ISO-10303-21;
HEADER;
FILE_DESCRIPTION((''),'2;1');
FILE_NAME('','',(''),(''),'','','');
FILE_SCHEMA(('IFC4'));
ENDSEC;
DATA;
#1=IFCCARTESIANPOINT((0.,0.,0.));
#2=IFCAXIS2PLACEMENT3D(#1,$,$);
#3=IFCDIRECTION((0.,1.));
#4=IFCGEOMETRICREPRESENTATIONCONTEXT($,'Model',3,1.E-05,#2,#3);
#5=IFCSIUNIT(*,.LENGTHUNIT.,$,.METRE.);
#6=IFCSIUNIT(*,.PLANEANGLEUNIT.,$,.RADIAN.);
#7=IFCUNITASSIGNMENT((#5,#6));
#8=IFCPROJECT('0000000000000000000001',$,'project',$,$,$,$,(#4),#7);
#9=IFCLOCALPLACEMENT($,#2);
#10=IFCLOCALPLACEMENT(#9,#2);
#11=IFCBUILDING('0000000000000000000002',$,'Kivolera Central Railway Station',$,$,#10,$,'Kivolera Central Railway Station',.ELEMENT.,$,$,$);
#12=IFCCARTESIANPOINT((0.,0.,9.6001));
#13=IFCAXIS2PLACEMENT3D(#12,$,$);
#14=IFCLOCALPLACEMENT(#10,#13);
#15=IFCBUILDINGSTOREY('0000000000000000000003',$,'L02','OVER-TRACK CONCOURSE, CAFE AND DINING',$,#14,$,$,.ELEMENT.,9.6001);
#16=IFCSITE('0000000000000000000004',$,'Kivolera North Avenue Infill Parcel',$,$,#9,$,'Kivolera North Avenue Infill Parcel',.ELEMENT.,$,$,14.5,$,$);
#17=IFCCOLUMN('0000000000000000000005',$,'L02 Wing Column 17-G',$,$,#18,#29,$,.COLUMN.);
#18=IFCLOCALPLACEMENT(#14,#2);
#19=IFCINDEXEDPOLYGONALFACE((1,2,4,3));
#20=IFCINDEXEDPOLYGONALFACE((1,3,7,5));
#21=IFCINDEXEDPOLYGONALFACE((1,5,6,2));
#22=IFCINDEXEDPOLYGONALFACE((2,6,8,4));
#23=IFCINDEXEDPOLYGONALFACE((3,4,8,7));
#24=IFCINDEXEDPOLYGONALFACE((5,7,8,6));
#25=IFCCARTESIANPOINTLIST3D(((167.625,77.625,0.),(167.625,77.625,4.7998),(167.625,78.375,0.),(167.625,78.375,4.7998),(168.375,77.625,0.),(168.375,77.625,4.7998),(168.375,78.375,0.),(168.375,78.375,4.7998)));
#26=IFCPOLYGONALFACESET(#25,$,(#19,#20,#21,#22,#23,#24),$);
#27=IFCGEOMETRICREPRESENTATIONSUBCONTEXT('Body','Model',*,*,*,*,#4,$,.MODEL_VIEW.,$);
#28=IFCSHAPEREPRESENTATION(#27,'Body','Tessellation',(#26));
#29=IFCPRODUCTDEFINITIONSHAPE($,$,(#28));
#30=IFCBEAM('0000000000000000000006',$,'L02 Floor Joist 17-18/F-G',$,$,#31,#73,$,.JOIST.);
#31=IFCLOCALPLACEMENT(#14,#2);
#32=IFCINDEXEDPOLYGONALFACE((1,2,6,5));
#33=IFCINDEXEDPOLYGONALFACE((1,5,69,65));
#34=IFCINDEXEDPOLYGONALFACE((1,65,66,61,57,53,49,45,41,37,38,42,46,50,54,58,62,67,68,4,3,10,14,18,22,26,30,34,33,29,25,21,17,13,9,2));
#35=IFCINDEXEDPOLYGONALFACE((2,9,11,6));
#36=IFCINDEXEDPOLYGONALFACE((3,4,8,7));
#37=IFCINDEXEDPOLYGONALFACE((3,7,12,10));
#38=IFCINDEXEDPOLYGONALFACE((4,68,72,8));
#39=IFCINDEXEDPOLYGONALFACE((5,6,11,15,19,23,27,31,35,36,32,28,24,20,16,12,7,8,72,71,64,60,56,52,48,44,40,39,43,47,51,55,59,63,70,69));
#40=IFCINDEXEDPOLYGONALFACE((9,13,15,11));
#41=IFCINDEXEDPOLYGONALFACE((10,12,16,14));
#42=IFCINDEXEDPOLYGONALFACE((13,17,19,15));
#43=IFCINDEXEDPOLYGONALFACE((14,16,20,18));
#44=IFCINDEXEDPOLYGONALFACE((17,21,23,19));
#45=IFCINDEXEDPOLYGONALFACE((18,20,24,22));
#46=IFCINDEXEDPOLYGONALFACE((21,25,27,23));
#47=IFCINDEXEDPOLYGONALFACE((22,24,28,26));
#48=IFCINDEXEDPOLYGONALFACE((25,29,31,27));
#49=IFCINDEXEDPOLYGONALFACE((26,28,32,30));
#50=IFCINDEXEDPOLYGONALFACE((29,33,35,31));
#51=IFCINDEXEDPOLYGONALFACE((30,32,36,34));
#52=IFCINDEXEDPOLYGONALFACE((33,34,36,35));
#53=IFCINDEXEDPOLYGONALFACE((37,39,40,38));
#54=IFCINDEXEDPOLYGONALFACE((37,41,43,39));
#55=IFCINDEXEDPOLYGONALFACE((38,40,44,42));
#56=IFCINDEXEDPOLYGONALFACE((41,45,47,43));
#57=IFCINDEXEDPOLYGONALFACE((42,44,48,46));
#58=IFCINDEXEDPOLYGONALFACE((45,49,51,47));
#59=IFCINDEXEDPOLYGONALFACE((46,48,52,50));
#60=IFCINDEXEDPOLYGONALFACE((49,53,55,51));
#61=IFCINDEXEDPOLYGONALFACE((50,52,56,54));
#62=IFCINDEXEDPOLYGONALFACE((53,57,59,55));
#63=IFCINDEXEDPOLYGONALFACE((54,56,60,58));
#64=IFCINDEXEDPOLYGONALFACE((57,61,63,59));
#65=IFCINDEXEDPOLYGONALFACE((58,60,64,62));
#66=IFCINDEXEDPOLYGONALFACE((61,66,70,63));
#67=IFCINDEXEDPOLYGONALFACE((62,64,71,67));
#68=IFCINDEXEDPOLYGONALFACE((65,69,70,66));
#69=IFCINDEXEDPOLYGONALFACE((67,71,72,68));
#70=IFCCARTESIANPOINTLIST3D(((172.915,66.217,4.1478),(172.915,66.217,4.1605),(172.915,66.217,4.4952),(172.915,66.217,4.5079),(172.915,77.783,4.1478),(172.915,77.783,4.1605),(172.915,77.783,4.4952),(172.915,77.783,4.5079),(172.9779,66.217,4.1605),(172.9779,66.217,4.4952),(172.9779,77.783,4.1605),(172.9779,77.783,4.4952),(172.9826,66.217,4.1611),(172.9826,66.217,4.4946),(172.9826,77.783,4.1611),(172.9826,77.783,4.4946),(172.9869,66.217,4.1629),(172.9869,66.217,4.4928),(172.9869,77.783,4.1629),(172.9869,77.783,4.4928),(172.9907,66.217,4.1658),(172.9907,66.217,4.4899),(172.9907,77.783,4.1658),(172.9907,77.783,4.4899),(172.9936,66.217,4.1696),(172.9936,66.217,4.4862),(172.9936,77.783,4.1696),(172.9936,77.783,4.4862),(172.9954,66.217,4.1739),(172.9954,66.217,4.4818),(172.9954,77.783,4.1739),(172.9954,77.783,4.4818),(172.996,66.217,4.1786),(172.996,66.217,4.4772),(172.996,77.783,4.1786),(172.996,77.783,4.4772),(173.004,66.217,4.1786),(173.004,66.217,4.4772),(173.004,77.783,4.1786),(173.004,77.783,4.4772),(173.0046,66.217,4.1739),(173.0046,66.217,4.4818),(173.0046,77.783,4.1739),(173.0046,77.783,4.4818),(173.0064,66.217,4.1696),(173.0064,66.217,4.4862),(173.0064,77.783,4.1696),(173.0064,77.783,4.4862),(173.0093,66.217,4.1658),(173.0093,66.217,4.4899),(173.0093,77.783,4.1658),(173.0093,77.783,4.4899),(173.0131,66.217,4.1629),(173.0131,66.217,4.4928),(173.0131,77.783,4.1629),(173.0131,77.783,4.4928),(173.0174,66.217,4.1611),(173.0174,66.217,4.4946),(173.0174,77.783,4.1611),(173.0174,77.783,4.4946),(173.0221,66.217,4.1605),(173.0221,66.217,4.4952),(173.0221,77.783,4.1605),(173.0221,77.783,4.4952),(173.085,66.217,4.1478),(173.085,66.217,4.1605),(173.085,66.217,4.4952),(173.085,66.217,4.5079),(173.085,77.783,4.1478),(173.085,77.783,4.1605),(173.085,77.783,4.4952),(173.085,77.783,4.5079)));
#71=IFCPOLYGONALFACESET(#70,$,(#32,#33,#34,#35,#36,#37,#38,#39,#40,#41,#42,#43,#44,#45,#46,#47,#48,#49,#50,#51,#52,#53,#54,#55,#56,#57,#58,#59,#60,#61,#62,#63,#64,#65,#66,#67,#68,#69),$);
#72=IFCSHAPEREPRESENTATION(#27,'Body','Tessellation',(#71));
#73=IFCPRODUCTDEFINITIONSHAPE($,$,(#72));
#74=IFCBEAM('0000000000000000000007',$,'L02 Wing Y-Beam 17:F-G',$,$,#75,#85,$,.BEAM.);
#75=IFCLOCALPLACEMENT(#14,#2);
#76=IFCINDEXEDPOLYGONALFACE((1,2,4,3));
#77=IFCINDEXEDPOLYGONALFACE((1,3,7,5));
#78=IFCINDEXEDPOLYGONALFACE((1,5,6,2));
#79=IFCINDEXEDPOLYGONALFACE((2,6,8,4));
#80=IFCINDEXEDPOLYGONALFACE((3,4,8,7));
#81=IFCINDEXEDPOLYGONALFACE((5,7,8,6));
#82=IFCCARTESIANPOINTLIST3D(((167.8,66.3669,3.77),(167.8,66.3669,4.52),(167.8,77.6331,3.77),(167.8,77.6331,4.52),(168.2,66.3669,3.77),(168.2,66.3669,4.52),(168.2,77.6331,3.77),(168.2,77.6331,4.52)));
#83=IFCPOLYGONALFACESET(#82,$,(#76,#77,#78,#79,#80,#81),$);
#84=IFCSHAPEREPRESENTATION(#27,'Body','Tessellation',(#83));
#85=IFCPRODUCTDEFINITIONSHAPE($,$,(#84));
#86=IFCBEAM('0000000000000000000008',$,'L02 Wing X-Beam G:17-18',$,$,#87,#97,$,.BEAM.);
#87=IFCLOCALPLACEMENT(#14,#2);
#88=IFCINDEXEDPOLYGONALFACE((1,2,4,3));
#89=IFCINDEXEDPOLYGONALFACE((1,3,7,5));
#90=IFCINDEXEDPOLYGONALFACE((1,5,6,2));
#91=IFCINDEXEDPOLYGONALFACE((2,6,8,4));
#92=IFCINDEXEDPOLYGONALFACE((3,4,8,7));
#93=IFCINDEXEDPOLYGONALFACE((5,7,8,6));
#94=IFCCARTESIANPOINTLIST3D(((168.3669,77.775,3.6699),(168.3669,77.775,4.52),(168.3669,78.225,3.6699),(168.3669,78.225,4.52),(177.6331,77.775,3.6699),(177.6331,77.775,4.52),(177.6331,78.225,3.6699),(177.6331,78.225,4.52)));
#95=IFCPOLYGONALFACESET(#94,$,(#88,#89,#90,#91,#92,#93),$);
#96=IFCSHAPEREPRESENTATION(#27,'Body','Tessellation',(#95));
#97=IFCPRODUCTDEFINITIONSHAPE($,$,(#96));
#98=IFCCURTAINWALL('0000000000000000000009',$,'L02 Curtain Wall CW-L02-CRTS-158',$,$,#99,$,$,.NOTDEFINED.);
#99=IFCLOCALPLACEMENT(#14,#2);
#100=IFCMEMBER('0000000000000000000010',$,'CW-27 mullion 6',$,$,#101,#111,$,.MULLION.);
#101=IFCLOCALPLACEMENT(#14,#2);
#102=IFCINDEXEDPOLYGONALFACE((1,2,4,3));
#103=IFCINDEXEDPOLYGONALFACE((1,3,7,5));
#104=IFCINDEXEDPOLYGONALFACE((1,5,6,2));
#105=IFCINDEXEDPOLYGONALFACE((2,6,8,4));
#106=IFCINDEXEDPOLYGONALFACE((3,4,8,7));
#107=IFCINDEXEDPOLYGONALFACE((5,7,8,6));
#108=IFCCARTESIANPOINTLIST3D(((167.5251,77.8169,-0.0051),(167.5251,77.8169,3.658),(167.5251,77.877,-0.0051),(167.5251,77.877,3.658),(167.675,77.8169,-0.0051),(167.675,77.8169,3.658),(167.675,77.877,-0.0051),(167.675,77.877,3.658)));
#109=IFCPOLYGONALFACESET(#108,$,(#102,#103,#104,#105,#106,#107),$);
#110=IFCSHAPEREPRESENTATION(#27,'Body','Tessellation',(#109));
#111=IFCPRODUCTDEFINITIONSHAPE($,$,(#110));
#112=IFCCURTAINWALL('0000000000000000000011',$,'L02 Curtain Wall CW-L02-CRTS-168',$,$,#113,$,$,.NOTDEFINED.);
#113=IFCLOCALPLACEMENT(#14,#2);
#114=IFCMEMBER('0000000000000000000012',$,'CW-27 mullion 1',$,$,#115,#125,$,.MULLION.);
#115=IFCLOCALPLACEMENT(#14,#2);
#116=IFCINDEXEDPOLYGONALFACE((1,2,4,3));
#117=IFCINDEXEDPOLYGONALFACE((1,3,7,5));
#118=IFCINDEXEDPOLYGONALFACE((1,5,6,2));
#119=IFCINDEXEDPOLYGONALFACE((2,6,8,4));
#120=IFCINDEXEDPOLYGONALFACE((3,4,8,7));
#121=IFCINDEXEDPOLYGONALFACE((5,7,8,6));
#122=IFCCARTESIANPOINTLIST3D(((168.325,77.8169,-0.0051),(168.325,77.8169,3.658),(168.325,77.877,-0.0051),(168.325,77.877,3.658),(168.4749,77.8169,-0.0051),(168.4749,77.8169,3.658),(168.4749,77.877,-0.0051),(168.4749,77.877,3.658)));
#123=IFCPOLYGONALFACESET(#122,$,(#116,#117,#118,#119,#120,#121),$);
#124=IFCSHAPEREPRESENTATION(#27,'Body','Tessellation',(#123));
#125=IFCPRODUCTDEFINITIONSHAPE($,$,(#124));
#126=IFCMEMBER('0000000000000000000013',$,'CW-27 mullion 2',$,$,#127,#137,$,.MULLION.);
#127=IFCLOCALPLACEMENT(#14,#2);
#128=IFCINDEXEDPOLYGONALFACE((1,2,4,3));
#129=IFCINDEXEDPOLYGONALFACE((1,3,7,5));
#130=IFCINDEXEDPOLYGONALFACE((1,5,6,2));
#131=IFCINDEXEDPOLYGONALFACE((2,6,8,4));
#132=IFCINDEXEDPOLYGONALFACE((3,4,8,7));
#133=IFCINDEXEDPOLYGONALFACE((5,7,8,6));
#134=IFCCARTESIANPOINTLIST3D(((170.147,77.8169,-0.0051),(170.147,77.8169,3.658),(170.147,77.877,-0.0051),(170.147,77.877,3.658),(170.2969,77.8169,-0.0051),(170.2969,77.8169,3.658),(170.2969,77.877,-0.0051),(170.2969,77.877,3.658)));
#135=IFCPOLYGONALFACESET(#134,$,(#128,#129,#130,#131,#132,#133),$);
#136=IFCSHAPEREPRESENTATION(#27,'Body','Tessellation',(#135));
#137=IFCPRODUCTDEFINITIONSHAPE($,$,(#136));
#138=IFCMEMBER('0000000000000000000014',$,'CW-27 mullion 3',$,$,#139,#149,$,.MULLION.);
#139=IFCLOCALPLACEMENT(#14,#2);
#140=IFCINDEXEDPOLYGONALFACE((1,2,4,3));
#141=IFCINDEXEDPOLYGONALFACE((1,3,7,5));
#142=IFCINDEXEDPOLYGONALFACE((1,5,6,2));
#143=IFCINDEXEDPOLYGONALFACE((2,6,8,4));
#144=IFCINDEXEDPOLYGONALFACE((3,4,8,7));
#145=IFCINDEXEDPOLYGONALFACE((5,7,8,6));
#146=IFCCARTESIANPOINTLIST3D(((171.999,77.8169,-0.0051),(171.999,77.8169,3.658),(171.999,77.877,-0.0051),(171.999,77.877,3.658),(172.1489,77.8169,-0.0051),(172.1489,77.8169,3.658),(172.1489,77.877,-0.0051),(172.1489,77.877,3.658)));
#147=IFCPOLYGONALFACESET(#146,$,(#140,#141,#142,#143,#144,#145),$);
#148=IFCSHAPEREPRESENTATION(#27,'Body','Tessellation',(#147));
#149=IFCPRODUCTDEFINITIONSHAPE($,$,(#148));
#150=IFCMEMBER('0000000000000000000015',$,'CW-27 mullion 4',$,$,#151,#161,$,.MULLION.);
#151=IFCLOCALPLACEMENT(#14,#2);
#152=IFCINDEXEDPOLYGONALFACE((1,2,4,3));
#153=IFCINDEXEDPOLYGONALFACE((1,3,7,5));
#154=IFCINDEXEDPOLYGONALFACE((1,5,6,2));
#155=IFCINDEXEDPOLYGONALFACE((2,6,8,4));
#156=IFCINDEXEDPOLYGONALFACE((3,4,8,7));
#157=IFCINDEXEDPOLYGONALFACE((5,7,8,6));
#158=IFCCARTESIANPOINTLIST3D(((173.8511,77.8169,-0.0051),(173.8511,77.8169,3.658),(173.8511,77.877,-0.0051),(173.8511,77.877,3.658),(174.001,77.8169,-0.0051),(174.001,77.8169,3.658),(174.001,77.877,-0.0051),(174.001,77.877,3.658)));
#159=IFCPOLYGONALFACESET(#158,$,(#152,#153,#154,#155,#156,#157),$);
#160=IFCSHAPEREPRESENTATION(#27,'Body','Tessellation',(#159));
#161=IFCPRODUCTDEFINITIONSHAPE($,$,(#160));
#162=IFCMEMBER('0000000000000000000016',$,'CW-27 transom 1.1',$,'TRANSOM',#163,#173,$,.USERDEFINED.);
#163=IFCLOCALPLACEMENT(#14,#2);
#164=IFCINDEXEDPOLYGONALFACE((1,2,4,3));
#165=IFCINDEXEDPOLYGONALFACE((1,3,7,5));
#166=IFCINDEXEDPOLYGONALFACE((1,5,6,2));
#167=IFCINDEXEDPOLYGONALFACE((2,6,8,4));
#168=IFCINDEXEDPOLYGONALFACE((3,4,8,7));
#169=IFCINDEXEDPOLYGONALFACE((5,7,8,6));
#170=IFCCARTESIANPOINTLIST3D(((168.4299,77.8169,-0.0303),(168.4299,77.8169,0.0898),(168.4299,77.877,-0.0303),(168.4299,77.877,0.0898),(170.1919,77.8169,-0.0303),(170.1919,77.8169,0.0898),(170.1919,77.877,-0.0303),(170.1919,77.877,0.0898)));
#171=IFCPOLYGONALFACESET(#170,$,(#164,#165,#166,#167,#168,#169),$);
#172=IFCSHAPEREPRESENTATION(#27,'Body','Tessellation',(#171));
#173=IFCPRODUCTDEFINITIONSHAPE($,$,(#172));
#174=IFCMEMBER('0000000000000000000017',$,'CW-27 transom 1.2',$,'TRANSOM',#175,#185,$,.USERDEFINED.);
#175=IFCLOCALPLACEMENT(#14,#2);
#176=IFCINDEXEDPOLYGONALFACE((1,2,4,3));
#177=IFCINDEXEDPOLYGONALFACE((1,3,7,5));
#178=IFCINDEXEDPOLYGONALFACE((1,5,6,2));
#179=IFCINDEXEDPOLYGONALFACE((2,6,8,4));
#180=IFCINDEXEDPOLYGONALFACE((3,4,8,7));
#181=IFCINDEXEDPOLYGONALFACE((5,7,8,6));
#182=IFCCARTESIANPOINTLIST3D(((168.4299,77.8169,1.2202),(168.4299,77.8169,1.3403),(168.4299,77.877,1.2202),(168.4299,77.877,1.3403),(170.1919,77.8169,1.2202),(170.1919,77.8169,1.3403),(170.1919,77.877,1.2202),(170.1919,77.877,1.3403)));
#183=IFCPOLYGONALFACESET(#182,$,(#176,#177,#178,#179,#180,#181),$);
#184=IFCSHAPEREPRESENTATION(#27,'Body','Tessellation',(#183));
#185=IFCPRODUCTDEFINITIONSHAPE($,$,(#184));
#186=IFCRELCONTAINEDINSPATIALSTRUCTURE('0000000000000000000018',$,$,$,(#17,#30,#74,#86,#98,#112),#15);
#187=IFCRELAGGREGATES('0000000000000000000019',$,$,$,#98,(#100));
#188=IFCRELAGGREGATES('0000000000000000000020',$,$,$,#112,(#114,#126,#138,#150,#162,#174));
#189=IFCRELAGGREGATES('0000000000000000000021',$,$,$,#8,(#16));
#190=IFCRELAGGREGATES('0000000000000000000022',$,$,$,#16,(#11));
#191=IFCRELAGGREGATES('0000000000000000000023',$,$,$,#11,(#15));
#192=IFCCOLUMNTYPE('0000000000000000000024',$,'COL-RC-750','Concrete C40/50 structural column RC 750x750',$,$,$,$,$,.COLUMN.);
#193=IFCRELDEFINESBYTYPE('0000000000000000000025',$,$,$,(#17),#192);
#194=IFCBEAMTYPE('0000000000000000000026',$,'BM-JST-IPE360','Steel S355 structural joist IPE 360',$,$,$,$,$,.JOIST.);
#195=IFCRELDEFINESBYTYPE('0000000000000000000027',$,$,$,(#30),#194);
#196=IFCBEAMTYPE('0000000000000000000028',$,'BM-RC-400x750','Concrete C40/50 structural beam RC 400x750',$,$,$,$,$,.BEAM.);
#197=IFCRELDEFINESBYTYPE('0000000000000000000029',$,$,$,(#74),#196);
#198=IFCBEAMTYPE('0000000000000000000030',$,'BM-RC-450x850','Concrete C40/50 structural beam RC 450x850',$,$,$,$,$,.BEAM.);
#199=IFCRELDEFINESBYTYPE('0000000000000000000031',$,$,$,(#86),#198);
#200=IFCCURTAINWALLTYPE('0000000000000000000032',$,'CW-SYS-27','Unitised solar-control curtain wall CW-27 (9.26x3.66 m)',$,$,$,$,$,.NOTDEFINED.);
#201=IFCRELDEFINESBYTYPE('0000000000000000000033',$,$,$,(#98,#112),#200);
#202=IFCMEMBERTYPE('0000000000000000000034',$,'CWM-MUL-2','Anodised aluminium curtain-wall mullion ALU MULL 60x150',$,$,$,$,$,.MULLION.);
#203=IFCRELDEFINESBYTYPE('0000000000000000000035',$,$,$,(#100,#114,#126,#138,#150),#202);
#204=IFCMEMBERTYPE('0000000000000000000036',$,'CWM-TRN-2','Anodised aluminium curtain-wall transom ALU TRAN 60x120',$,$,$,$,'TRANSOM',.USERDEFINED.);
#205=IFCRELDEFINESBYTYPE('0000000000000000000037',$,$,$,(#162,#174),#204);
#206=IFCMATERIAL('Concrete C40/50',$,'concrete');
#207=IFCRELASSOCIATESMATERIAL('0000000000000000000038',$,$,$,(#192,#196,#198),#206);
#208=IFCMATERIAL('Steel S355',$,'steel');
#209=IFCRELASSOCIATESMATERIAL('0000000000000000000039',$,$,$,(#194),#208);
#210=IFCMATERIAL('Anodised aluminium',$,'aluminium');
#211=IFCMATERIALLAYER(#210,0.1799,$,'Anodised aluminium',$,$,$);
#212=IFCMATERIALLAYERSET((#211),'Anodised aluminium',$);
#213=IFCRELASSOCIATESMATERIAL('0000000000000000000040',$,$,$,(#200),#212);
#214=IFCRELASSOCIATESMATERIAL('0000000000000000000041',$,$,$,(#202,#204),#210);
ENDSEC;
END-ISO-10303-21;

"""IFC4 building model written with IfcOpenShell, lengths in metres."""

from ifc_helpers import new_model, si_unit, direction, frame, origin, origin_2d, place, context, subcontext, project, spatial, rectangle, i_section, extrude, material, layer, layer_set, material_profile, profile_set, type_object, element, aggregate, save


model = new_model("IFC4")

# Units and contexts
model_context = context("Model", 3, precision=1e-05, world=origin(), true_north=direction((0.0, 1.0)))
body_context = subcontext(model_context, "Body", "Model", "MODEL_VIEW")
ifc_project = project(units=[si_unit("LENGTHUNIT", "METRE"), si_unit("PLANEANGLEUNIT", "RADIAN")], contexts=[model_context])

# Site, building, storey
site_placement = place(None, origin())
site = spatial("IfcSite", under=ifc_project, at=site_placement, Name="Kivolera North Avenue Infill Parcel", LongName="Kivolera North Avenue Infill Parcel", CompositionType="ELEMENT", RefElevation=14.5)
building_placement = place(site_placement, origin())
building = spatial("IfcBuilding", under=site, at=building_placement, Name="Kivolera Central Railway Station", LongName="Kivolera Central Railway Station", CompositionType="ELEMENT")
storey_placement = place(building_placement, frame((0.0, 0.0, 9.6001)))
storey = spatial("IfcBuildingStorey", under=building, at=storey_placement, Name="L02", Description="OVER-TRACK CONCOURSE, CAFE AND DINING", CompositionType="ELEMENT", Elevation=9.6001)

# Column
ifc_material_1 = material(Name="Concrete C40/50", Category="concrete")
ifc_material_profile_1 = material_profile(ifc_material_1, rectangle(XDim=0.75, YDim=0.75, at=origin_2d()), Name="RC 750x750")
ifc_profile_set_1 = profile_set([ifc_material_profile_1], Name="Concrete C40/50")
column_type = type_object("IfcColumnType", Name="COL-RC-750", Description="Concrete C40/50 structural column RC 750x750", PredefinedType="COLUMN", material=ifc_profile_set_1)
column_placement = place(storey_placement, frame((168.0, 78.0, 0.0), z_axis=(0.0, 0.0, 1.0), x_axis=(1.0, 0.0, 0.0)))
element("IfcColumn", 1, at=column_placement, inside=storey, type_object=column_type, Name="L02 Wing Column 17-G", PredefinedType="COLUMN", context=body_context, shape_type="SweptSolid", body=[
    extrude(rectangle(XDim=0.75, YDim=0.75, at=origin_2d()), origin(), (0.0, 0.0, 1.0), 4.7998),
])

# Beams
ifc_material_2 = material(Name="Steel S355", Category="steel")
ifc_material_profile_2 = material_profile(ifc_material_2, i_section(OverallWidth=0.1699, OverallDepth=0.3601, WebThickness=0.0081, FlangeThickness=0.0127, FilletRadius=0.0181, at=origin_2d()), Name="IPE 360")
ifc_profile_set_2 = profile_set([ifc_material_profile_2], Name="Steel S355")
beam_type_1 = type_object("IfcBeamType", Name="BM-JST-IPE360", Description="Steel S355 structural joist IPE 360", PredefinedType="JOIST", material=ifc_profile_set_2)
beam_1_placement = place(storey_placement, frame((173.0, 66.217, 4.3279), z_axis=(0.0, 1.0, 0.0), x_axis=(-1.0, 0.0, 0.0)))
element("IfcBeam", 2, at=beam_1_placement, inside=storey, type_object=beam_type_1, Name="L02 Floor Joist 17-18/F-G", PredefinedType="JOIST", context=body_context, shape_type="SweptSolid", body=[
    extrude(i_section(OverallWidth=0.1699, OverallDepth=0.3601, WebThickness=0.0081, FlangeThickness=0.0127, FilletRadius=0.0181, at=origin_2d()), origin(), (0.0, 0.0, 1.0), 11.5659),
])
ifc_material_profile_3 = material_profile(ifc_material_1, rectangle(XDim=0.3999, YDim=0.75, at=origin_2d()), Name="RC 400x750")
ifc_profile_set_3 = profile_set([ifc_material_profile_3], Name="Concrete C40/50")
beam_type_2 = type_object("IfcBeamType", Name="BM-RC-400x750", Description="Concrete C40/50 structural beam RC 400x750", PredefinedType="BEAM", material=ifc_profile_set_3)
beam_2_placement = place(storey_placement, frame((168.0, 66.3669, 4.145), z_axis=(0.0, 1.0, 0.0), x_axis=(-1.0, 0.0, 0.0)))
element("IfcBeam", 3, at=beam_2_placement, inside=storey, type_object=beam_type_2, Name="L02 Wing Y-Beam 17:F-G", PredefinedType="BEAM", context=body_context, shape_type="SweptSolid", body=[
    extrude(rectangle(XDim=0.3999, YDim=0.75, at=origin_2d()), origin(), (0.0, 0.0, 1.0), 11.2661),
])
ifc_material_profile_4 = material_profile(ifc_material_1, rectangle(XDim=0.45, YDim=0.8501, at=origin_2d()), Name="RC 450x850")
ifc_profile_set_4 = profile_set([ifc_material_profile_4], Name="Concrete C40/50")
beam_type_3 = type_object("IfcBeamType", Name="BM-RC-450x850", Description="Concrete C40/50 structural beam RC 450x850", PredefinedType="BEAM", material=ifc_profile_set_4)
beam_3_placement = place(storey_placement, frame((168.3669, 78.0, 4.095), z_axis=(1.0, 0.0, 0.0), x_axis=(0.0, 1.0, 0.0)))
element("IfcBeam", 4, at=beam_3_placement, inside=storey, type_object=beam_type_3, Name="L02 Wing X-Beam G:17-18", PredefinedType="BEAM", context=body_context, shape_type="SweptSolid", body=[
    extrude(rectangle(XDim=0.45, YDim=0.8501, at=origin_2d()), origin(), (0.0, 0.0, 1.0), 9.2661),
])

# Curtain wall, member
ifc_material_3 = material(Name="Anodised aluminium", Category="aluminium")
ifc_layer_1 = layer(ifc_material_3, 0.1799, Name="Anodised aluminium")
ifc_layer_set_1 = layer_set([ifc_layer_1], Name="Anodised aluminium")
curtain_wall_type = type_object("IfcCurtainWallType", Name="CW-SYS-27", Description="Unitised solar-control curtain wall CW-27 (9.26x3.66 m)", PredefinedType="NOTDEFINED", material=ifc_layer_set_1)
curtain_wall_1_placement = place(storey_placement, origin())
curtain_wall_1 = element("IfcCurtainWall", 5, at=curtain_wall_1_placement, inside=storey, type_object=curtain_wall_type, Name="L02 Curtain Wall CW-L02-CRTS-158", PredefinedType="NOTDEFINED")
ifc_material_profile_5 = material_profile(ifc_material_3, rectangle(XDim=0.0601, YDim=0.1499, at=origin_2d()), Name="ALU MULL 60x150")
ifc_profile_set_5 = profile_set([ifc_material_profile_5], Name="Anodised aluminium")
member_type_1 = type_object("IfcMemberType", Name="CWM-MUL-2", Description="Anodised aluminium curtain-wall mullion ALU MULL 60x150", PredefinedType="MULLION", material=ifc_profile_set_5)
member_1_placement = place(storey_placement, frame((167.6001, 77.8469, -0.0051), z_axis=(0.0, 0.0, 1.0), x_axis=(0.0, 1.0, 0.0)))
member_1 = element("IfcMember", 6, at=member_1_placement, type_object=member_type_1, Name="CW-27 mullion 6", PredefinedType="MULLION", context=body_context, shape_type="SweptSolid", body=[
    extrude(rectangle(XDim=0.0601, YDim=0.1499, at=origin_2d()), origin(), (0.0, 0.0, 1.0), 3.6631),
])

# Curtain wall, members
curtain_wall_2_placement = place(storey_placement, origin())
curtain_wall_2 = element("IfcCurtainWall", 7, at=curtain_wall_2_placement, inside=storey, type_object=curtain_wall_type, Name="L02 Curtain Wall CW-L02-CRTS-168", PredefinedType="NOTDEFINED")
member_2_placement = place(storey_placement, frame((168.3999, 77.8469, -0.0051), z_axis=(0.0, 0.0, 1.0), x_axis=(0.0, 1.0, 0.0)))
member_2 = element("IfcMember", 8, at=member_2_placement, type_object=member_type_1, Name="CW-27 mullion 1", PredefinedType="MULLION", context=body_context, shape_type="SweptSolid", body=[
    extrude(rectangle(XDim=0.0601, YDim=0.1499, at=origin_2d()), origin(), (0.0, 0.0, 1.0), 3.6631),
])
member_3_placement = place(storey_placement, frame((170.2219, 77.8469, -0.0051), z_axis=(0.0, 0.0, 1.0), x_axis=(0.0, 1.0, 0.0)))
member_3 = element("IfcMember", 9, at=member_3_placement, type_object=member_type_1, Name="CW-27 mullion 2", PredefinedType="MULLION", context=body_context, shape_type="SweptSolid", body=[
    extrude(rectangle(XDim=0.0601, YDim=0.1499, at=origin_2d()), origin(), (0.0, 0.0, 1.0), 3.6631),
])
member_4_placement = place(storey_placement, frame((172.074, 77.8469, -0.0051), z_axis=(0.0, 0.0, 1.0), x_axis=(0.0, 1.0, 0.0)))
member_4 = element("IfcMember", 10, at=member_4_placement, type_object=member_type_1, Name="CW-27 mullion 3", PredefinedType="MULLION", context=body_context, shape_type="SweptSolid", body=[
    extrude(rectangle(XDim=0.0601, YDim=0.1499, at=origin_2d()), origin(), (0.0, 0.0, 1.0), 3.6631),
])
member_5_placement = place(storey_placement, frame((173.926, 77.8469, -0.0051), z_axis=(0.0, 0.0, 1.0), x_axis=(0.0, 1.0, 0.0)))
member_5 = element("IfcMember", 11, at=member_5_placement, type_object=member_type_1, Name="CW-27 mullion 4", PredefinedType="MULLION", context=body_context, shape_type="SweptSolid", body=[
    extrude(rectangle(XDim=0.0601, YDim=0.1499, at=origin_2d()), origin(), (0.0, 0.0, 1.0), 3.6631),
])
ifc_material_profile_6 = material_profile(ifc_material_3, rectangle(XDim=0.0601, YDim=0.1201, at=origin_2d()), Name="ALU TRAN 60x120")
ifc_profile_set_6 = profile_set([ifc_material_profile_6], Name="Anodised aluminium")
member_type_2 = type_object("IfcMemberType", Name="CWM-TRN-2", Description="Anodised aluminium curtain-wall transom ALU TRAN 60x120", ElementType="TRANSOM", PredefinedType="USERDEFINED", material=ifc_profile_set_6)
member_6_placement = place(storey_placement, frame((168.4299, 77.8469, 0.0298), z_axis=(1.0, 0.0, 0.0), x_axis=(0.0, 1.0, 0.0)))
member_6 = element("IfcMember", 12, at=member_6_placement, type_object=member_type_2, Name="CW-27 transom 1.1", ObjectType="TRANSOM", PredefinedType="USERDEFINED", context=body_context, shape_type="SweptSolid", body=[
    extrude(rectangle(XDim=0.0601, YDim=0.1201, at=origin_2d()), origin(), (0.0, 0.0, 1.0), 1.762),
])
member_7_placement = place(storey_placement, frame((168.4299, 77.8469, 1.2803), z_axis=(1.0, 0.0, 0.0), x_axis=(0.0, 1.0, 0.0)))
member_7 = element("IfcMember", 13, at=member_7_placement, type_object=member_type_2, Name="CW-27 transom 1.2", ObjectType="TRANSOM", PredefinedType="USERDEFINED", context=body_context, shape_type="SweptSolid", body=[
    extrude(rectangle(XDim=0.0601, YDim=0.1201, at=origin_2d()), origin(), (0.0, 0.0, 1.0), 1.762),
])

aggregate(curtain_wall_1, [member_1])
aggregate(curtain_wall_2, [member_2, member_3, member_4, member_5, member_6, member_7])

save(model, "model.ifc")
